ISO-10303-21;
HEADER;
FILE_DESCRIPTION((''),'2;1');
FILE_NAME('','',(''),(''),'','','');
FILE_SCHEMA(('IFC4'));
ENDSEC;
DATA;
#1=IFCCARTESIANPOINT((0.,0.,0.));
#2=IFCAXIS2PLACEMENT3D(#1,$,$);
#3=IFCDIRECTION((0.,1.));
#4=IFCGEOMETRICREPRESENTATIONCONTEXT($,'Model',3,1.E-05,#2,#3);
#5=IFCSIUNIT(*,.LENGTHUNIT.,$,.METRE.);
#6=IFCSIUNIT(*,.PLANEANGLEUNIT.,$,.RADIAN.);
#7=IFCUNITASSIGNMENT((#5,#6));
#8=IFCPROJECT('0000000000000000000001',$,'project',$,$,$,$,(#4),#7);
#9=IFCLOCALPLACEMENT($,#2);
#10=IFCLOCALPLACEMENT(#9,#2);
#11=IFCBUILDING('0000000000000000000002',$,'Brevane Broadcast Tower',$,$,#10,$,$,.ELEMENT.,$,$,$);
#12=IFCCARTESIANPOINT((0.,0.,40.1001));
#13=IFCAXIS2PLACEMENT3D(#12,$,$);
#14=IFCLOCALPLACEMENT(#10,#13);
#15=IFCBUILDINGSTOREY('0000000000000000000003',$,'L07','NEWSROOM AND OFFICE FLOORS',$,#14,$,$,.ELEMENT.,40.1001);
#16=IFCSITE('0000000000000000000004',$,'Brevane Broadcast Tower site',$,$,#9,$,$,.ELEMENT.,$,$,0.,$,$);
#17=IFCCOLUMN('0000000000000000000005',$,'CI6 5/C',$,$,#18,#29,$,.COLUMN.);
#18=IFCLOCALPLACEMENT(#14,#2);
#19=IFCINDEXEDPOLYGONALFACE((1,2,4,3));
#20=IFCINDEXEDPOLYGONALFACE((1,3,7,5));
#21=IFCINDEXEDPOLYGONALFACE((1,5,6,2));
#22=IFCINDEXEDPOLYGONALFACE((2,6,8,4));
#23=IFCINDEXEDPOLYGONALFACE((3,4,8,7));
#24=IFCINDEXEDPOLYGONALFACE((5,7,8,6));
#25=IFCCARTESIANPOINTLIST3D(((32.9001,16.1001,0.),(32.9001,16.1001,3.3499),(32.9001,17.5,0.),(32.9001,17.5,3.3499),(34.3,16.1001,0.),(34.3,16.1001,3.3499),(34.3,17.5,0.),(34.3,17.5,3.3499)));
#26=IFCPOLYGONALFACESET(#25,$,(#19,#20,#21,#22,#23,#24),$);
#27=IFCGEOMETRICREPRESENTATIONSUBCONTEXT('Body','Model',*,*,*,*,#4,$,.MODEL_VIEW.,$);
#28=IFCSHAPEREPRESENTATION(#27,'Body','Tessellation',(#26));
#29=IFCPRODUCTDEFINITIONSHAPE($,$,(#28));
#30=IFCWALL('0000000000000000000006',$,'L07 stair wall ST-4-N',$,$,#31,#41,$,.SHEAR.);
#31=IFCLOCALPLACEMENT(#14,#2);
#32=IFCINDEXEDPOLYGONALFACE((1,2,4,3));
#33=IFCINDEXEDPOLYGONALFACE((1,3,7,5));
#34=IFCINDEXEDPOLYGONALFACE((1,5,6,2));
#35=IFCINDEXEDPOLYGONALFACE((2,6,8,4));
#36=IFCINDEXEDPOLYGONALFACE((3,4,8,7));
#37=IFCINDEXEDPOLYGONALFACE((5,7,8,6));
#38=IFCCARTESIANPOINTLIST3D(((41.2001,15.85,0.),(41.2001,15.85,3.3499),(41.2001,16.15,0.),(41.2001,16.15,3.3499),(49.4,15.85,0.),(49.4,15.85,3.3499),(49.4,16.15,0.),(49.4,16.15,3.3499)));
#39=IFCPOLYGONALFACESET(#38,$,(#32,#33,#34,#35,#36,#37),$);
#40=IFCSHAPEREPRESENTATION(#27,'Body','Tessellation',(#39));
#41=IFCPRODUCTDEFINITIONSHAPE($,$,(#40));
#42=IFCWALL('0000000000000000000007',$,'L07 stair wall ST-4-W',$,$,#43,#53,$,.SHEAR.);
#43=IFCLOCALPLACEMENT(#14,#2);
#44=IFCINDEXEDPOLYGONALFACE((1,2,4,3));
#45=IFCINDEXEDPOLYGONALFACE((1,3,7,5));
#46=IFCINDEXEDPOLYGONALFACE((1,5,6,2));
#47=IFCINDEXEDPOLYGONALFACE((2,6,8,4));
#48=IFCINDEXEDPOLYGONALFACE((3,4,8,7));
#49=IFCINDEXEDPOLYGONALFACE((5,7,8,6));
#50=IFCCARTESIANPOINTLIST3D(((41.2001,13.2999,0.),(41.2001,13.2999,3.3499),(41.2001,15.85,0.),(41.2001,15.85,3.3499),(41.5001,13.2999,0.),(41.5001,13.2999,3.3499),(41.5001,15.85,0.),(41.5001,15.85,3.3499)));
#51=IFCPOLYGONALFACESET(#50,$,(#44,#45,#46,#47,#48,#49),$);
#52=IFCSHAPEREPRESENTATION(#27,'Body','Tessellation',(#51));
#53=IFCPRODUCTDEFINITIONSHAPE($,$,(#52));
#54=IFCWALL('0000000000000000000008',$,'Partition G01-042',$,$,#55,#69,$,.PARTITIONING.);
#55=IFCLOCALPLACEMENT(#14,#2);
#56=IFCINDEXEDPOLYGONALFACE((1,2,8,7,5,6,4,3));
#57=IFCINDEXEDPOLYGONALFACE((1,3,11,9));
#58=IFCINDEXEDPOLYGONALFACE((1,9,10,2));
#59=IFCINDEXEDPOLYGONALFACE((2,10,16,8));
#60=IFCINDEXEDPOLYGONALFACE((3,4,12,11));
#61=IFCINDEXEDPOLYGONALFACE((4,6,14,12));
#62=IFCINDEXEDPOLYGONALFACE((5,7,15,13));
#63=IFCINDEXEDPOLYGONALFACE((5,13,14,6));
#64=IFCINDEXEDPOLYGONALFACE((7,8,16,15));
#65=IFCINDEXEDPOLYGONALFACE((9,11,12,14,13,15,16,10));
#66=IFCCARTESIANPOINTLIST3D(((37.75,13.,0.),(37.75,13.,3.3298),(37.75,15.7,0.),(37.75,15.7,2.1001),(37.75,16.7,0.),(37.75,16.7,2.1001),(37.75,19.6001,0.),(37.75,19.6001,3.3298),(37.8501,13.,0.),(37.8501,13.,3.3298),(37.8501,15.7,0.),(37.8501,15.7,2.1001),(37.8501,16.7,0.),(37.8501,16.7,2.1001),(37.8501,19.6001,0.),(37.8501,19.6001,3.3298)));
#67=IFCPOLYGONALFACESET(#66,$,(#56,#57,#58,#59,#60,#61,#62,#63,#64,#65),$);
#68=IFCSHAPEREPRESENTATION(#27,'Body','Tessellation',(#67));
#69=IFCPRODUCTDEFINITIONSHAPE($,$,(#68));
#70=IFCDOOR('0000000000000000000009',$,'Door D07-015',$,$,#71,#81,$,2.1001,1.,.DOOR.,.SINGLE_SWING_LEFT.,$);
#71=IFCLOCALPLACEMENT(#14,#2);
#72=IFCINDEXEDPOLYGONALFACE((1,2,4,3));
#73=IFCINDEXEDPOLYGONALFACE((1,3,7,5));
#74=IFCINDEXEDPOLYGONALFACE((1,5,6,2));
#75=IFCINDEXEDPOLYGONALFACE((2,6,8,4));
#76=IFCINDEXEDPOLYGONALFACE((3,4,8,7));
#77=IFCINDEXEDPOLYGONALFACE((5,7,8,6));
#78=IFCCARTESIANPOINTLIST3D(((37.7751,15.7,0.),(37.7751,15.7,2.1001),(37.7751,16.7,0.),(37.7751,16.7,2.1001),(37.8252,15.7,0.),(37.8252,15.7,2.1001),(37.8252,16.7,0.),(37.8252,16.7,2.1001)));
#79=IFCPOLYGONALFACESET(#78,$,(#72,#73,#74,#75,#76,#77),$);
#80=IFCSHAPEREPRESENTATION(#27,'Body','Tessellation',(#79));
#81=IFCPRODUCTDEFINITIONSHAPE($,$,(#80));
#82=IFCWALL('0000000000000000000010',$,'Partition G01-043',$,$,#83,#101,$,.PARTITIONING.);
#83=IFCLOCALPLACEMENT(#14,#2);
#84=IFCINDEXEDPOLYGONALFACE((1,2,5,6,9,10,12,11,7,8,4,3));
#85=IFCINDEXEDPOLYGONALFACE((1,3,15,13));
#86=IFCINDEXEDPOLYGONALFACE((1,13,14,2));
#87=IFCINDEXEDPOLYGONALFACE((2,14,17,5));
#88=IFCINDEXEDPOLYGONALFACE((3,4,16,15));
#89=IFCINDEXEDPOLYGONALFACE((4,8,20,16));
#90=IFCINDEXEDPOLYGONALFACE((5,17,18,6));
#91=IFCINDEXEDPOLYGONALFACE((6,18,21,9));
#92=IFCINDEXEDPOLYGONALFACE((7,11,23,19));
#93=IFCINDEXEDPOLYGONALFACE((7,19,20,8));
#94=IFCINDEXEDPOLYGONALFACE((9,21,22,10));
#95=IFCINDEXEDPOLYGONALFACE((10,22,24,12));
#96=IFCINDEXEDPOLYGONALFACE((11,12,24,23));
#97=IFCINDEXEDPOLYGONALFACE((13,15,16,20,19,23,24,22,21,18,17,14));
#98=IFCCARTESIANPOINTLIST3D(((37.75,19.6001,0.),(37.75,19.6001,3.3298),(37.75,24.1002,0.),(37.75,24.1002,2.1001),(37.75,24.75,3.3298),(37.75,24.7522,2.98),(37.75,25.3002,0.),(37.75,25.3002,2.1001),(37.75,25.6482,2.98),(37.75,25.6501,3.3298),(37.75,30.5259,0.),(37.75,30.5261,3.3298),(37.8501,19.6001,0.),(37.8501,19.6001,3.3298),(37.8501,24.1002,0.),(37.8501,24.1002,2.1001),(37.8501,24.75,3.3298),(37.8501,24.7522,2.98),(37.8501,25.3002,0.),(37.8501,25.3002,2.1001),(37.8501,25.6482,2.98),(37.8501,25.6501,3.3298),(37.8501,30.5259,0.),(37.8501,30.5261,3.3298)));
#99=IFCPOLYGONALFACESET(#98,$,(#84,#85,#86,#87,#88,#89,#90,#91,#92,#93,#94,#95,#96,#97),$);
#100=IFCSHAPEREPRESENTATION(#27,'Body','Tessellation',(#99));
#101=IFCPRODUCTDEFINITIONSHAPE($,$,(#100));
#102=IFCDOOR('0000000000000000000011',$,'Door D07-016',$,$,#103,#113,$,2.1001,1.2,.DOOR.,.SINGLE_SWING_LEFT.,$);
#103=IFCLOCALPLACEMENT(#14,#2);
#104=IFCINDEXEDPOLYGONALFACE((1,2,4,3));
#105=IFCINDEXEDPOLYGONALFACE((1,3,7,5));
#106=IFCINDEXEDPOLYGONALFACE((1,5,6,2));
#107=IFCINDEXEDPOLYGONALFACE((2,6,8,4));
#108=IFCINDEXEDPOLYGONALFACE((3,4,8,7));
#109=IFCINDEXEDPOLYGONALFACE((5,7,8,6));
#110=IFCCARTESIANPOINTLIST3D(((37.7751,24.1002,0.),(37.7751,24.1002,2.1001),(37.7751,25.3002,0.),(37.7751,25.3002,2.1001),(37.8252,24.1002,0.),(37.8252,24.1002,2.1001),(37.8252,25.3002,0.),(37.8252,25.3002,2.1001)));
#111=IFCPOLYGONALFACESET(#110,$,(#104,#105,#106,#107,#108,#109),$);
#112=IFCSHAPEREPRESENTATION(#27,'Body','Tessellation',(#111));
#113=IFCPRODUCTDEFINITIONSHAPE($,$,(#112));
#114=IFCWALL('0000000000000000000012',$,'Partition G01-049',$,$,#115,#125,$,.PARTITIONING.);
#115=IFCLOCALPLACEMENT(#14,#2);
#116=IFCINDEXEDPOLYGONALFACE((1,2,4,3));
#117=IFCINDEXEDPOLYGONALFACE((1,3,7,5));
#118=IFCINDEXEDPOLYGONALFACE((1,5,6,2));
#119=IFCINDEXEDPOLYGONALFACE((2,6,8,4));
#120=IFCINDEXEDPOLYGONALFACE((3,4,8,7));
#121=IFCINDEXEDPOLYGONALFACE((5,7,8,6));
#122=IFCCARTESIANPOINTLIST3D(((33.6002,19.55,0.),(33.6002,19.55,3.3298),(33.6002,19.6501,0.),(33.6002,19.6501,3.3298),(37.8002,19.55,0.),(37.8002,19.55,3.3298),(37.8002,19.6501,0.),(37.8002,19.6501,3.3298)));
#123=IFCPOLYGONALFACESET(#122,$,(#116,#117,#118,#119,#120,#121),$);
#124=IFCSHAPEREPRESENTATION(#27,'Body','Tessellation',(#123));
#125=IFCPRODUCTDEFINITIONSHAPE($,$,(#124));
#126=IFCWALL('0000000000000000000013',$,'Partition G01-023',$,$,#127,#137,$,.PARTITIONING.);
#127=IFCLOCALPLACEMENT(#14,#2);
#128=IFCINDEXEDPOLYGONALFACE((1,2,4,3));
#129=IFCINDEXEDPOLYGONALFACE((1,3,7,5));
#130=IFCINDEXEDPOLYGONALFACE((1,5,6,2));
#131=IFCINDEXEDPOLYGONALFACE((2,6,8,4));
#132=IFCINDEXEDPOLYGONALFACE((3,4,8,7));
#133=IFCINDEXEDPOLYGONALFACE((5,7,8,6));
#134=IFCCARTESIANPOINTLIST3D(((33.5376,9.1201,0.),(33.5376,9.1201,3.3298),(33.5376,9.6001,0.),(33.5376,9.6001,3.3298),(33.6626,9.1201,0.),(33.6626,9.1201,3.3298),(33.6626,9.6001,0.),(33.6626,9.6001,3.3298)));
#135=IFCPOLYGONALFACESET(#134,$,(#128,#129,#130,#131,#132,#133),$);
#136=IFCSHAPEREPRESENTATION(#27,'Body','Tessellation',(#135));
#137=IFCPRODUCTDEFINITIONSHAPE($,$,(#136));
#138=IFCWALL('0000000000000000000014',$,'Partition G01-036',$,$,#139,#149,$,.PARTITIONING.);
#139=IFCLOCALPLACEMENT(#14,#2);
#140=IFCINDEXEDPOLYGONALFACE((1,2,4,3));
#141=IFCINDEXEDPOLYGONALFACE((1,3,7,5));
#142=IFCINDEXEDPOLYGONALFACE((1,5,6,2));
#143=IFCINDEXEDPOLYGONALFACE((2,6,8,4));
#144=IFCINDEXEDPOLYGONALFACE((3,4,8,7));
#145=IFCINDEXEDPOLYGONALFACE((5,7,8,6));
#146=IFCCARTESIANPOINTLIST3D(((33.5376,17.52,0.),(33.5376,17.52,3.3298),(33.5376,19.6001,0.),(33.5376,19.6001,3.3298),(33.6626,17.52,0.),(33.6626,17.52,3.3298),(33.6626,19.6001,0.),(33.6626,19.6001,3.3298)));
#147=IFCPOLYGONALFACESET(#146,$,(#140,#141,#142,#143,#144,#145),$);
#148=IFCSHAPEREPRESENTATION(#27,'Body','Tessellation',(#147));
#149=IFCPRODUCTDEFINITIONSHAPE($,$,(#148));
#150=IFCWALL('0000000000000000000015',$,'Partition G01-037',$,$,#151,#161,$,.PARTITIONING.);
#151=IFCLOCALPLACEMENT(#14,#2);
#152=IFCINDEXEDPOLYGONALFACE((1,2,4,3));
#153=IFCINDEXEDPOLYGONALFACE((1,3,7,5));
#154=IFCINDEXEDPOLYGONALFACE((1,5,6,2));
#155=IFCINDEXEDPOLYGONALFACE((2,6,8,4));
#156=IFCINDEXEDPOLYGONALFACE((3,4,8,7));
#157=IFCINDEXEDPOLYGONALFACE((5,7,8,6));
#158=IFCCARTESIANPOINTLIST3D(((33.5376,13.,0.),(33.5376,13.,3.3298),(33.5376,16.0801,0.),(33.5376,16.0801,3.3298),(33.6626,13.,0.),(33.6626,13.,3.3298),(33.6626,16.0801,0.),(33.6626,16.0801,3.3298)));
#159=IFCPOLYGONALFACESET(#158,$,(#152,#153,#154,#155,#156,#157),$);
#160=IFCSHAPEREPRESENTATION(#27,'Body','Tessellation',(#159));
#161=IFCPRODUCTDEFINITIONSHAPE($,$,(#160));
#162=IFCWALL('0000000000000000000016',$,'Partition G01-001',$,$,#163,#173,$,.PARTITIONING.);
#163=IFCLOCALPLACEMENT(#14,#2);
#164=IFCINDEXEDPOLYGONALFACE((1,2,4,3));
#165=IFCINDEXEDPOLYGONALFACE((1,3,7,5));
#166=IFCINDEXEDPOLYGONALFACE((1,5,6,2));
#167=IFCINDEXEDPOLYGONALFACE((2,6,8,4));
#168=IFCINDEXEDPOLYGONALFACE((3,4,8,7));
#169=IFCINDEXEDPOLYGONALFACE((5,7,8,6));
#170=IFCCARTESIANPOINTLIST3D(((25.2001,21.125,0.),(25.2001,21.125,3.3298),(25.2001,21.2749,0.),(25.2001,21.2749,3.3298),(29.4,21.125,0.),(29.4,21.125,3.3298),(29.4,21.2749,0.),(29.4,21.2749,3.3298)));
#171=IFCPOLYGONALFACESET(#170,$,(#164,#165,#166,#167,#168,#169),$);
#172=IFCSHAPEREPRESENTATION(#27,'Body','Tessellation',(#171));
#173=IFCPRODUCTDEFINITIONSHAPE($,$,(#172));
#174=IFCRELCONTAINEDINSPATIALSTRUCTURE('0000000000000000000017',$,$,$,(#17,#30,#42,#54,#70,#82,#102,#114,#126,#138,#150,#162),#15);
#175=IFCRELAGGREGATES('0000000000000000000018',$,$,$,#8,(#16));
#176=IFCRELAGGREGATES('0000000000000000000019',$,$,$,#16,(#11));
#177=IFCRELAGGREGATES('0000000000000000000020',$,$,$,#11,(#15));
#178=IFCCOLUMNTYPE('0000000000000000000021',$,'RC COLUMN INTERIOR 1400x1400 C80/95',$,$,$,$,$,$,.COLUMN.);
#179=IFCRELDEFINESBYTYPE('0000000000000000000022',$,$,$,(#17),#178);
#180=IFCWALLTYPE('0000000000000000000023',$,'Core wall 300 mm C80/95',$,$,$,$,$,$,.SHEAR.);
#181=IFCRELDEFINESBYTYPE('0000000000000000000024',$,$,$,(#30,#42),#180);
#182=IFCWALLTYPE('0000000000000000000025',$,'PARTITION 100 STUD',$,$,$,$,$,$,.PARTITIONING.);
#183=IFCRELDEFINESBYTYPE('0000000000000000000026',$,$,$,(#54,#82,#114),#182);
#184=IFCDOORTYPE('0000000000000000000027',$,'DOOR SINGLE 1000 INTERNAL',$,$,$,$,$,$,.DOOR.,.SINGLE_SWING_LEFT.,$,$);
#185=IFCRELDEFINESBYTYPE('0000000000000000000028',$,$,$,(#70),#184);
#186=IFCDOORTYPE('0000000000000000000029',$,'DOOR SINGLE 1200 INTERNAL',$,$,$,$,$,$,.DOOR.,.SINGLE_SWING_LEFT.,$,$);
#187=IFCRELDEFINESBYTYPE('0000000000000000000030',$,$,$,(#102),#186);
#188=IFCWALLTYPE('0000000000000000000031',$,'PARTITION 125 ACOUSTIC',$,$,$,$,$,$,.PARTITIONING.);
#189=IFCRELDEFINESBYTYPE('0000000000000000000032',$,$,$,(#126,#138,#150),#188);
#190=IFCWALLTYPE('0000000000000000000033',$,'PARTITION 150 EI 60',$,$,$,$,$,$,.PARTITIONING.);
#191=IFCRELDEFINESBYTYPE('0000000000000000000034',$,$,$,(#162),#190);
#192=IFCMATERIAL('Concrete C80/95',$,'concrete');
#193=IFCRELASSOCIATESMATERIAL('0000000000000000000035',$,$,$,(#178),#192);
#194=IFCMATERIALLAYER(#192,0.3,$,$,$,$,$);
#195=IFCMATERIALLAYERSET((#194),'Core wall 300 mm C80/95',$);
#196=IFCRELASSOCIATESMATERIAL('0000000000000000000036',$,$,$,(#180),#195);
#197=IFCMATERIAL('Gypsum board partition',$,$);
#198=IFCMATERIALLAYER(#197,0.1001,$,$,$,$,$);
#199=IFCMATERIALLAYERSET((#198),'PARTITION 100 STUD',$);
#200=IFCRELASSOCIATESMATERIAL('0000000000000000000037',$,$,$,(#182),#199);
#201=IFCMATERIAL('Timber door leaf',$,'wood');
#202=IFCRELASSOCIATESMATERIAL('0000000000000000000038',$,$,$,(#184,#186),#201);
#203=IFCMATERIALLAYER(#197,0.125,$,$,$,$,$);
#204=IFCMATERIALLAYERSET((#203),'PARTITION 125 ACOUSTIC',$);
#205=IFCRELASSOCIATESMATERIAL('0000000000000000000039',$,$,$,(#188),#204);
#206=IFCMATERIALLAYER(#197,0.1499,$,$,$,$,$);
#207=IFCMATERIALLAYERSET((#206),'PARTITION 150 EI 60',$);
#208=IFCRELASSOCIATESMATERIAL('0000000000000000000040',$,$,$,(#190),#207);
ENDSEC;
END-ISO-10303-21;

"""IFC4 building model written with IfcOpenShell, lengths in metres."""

from ifc_helpers import new_model, si_unit, direction, frame, frame_2d, origin, origin_2d, place, context, subcontext, project, spatial, polyline, rectangle, outline, extrude, material, layer, layer_set, material_profile, profile_set, type_object, element, fill, save


model = new_model("IFC4")

# Units and contexts
model_context = context("Model", 3, precision=1e-05, world=origin(), true_north=direction((0.0, 1.0)))
body_context = subcontext(model_context, "Body", "Model", "MODEL_VIEW")
ifc_project = project(units=[si_unit("LENGTHUNIT", "METRE"), si_unit("PLANEANGLEUNIT", "RADIAN")], contexts=[model_context])

# Site, building, storey
site_placement = place(None, origin())
site = spatial("IfcSite", under=ifc_project, at=site_placement, Name="Brevane Broadcast Tower site", CompositionType="ELEMENT", RefElevation=0.0)
building_placement = place(site_placement, origin())
building = spatial("IfcBuilding", under=site, at=building_placement, Name="Brevane Broadcast Tower", CompositionType="ELEMENT")
storey_placement = place(building_placement, frame((0.0, 0.0, 40.1001)))
storey = spatial("IfcBuildingStorey", under=building, at=storey_placement, Name="L07", Description="NEWSROOM AND OFFICE FLOORS", CompositionType="ELEMENT", Elevation=40.1001)

# Column
ifc_material_1 = material(Name="Concrete C80/95", Category="concrete")
ifc_material_profile = material_profile(ifc_material_1, rectangle(XDim=1.3999, YDim=1.3999, at=origin_2d()), Name="RC 1400x1400")
ifc_profile_set = profile_set([ifc_material_profile], Name="Concrete C80/95")
column_type = type_object("IfcColumnType", Name="RC COLUMN INTERIOR 1400x1400 C80/95", PredefinedType="COLUMN", material=ifc_profile_set)
column_placement = place(storey_placement, frame((33.6001, 16.8, 0.0), z_axis=(0.0, 0.0, 1.0), x_axis=(1.0, 0.0, 0.0)))
element("IfcColumn", 1, at=column_placement, inside=storey, type_object=column_type, Name="CI6 5/C", PredefinedType="COLUMN", context=body_context, shape_type="SweptSolid", body=[
    extrude(rectangle(XDim=1.3999, YDim=1.3999, at=origin_2d()), origin(), (0.0, 0.0, 1.0), 3.3499),
])

# Walls
ifc_layer_1 = layer(ifc_material_1, 0.3)
ifc_layer_set_1 = layer_set([ifc_layer_1], Name="Core wall 300 mm C80/95")
wall_type_1 = type_object("IfcWallType", Name="Core wall 300 mm C80/95", PredefinedType="SHEAR", material=ifc_layer_set_1)
wall_1_placement = place(storey_placement, frame((41.2, 16.0, 0.0), z_axis=(0.0, 0.0, 1.0), x_axis=(1.0, 0.0, 0.0)))
element("IfcWall", 2, at=wall_1_placement, inside=storey, type_object=wall_type_1, Name="L07 stair wall ST-4-N", PredefinedType="SHEAR", context=body_context, shape_type="SweptSolid", body=[
    extrude(rectangle(XDim=8.2, YDim=0.3, at=frame_2d((4.1001, 0.0))), origin(), (0.0, 0.0, 1.0), 3.3499),
])
wall_2_placement = place(storey_placement, frame((41.3501, 13.3, 0.0), z_axis=(0.0, 0.0, 1.0), x_axis=(0.0, 1.0, 0.0)))
element("IfcWall", 3, at=wall_2_placement, inside=storey, type_object=wall_type_1, Name="L07 stair wall ST-4-W", PredefinedType="SHEAR", context=body_context, shape_type="SweptSolid", body=[
    extrude(rectangle(XDim=2.55, YDim=0.3, at=frame_2d((1.2749, 0.0))), origin(), (0.0, 0.0, 1.0), 3.3499),
])

# Walls, openings, doors
ifc_material_2 = material(Name="Gypsum board partition")
ifc_layer_2 = layer(ifc_material_2, 0.1001)
ifc_layer_set_2 = layer_set([ifc_layer_2], Name="PARTITION 100 STUD")
wall_type_2 = type_object("IfcWallType", Name="PARTITION 100 STUD", PredefinedType="PARTITIONING", material=ifc_layer_set_2)
wall_3_placement = place(storey_placement, frame((37.8, 13.0, 0.0), z_axis=(0.0, 0.0, 1.0), x_axis=(0.0, 1.0, 0.0)))
wall_3 = element("IfcWall", 4, at=wall_3_placement, inside=storey, type_object=wall_type_2, Name="Partition G01-042", PredefinedType="PARTITIONING", context=body_context, shape_type="SweptSolid", body=[
    extrude(rectangle(XDim=6.6001, YDim=0.1001, at=frame_2d((3.3, 0.0))), origin(), (0.0, 0.0, 1.0), 3.3298),
])
opening_1_placement = place(wall_3_placement, frame((2.7, 0.0, 0.0)))
opening_1 = element("IfcOpeningElement", 5, at=opening_1_placement, cuts=wall_3, PredefinedType="OPENING", context=body_context, shape_type="SweptSolid", body=[
    extrude(rectangle(XDim=1.0, YDim=2.1001, at=frame_2d((0.5, 1.05))), frame((0.0, 0.0601, 0.0), z_axis=(0.0, -1.0, 0.0), x_axis=(1.0, 0.0, 0.0)), (0.0, 0.0, 1.0), 0.1201),
])
ifc_material_3 = material(Name="Timber door leaf", Category="wood")
door_type_1 = type_object("IfcDoorType", Name="DOOR SINGLE 1000 INTERNAL", OperationType="SINGLE_SWING_LEFT", PredefinedType="DOOR", material=ifc_material_3)
door_1_placement = place(opening_1_placement, origin())
door_1 = element("IfcDoor", 6, at=door_1_placement, inside=storey, type_object=door_type_1, Name="Door D07-015", OperationType="SINGLE_SWING_LEFT", OverallHeight=2.1001, OverallWidth=1.0, PredefinedType="DOOR", context=body_context, shape_type="SweptSolid", body=[
    extrude(rectangle(XDim=1.0, YDim=2.1001, at=frame_2d((0.5, 1.05))), frame((0.0, 0.0249, 0.0), z_axis=(0.0, -1.0, 0.0), x_axis=(1.0, 0.0, 0.0)), (0.0, 0.0, 1.0), 0.05),
])
fill(opening_1, door_1)
wall_4_placement = place(storey_placement, frame((37.8, 19.6001, 0.0), z_axis=(0.0, 0.0, 1.0), x_axis=(0.0, 1.0, 0.0)))
wall_4 = element("IfcWall", 7, at=wall_4_placement, inside=storey, type_object=wall_type_2, Name="Partition G01-043", PredefinedType="PARTITIONING", context=body_context, shape_type="SweptSolid", body=[
    extrude(outline(polyline([(0.0, 0.0), (10.9258, 0.0), (10.926, 3.3298), (10.6428, 3.3298), (6.05, 3.3298), (6.0481, 2.98), (5.1521, 2.98), (5.1499, 3.3298), (0.0, 3.3298), (0.0, 0.0)])), frame((0.0, 0.05, 0.0), z_axis=(0.0, -1.0, 0.0), x_axis=(1.0, 0.0, 0.0)), (0.0, 0.0, 1.0), 0.1001),
])
opening_2_placement = place(wall_4_placement, frame((4.5, 0.0, 0.0)))
opening_2 = element("IfcOpeningElement", 8, at=opening_2_placement, cuts=wall_4, PredefinedType="OPENING", context=body_context, shape_type="SweptSolid", body=[
    extrude(rectangle(XDim=1.2, YDim=2.1001, at=frame_2d((0.6001, 1.05))), frame((0.0, 0.0601, 0.0), z_axis=(0.0, -1.0, 0.0), x_axis=(1.0, 0.0, 0.0)), (0.0, 0.0, 1.0), 0.1201),
])
door_type_2 = type_object("IfcDoorType", Name="DOOR SINGLE 1200 INTERNAL", OperationType="SINGLE_SWING_LEFT", PredefinedType="DOOR", material=ifc_material_3)
door_2_placement = place(opening_2_placement, origin())
door_2 = element("IfcDoor", 9, at=door_2_placement, inside=storey, type_object=door_type_2, Name="Door D07-016", OperationType="SINGLE_SWING_LEFT", OverallHeight=2.1001, OverallWidth=1.2, PredefinedType="DOOR", context=body_context, shape_type="SweptSolid", body=[
    extrude(rectangle(XDim=1.2, YDim=2.1001, at=frame_2d((0.6001, 1.05))), frame((0.0, 0.0249, 0.0), z_axis=(0.0, -1.0, 0.0), x_axis=(1.0, 0.0, 0.0)), (0.0, 0.0, 1.0), 0.05),
])
fill(opening_2, door_2)

# Walls
wall_5_placement = place(storey_placement, frame((33.6001, 19.6001, 0.0), z_axis=(0.0, 0.0, 1.0), x_axis=(1.0, 0.0, 0.0)))
element("IfcWall", 10, at=wall_5_placement, inside=storey, type_object=wall_type_2, Name="Partition G01-049", PredefinedType="PARTITIONING", context=body_context, shape_type="SweptSolid", body=[
    extrude(rectangle(XDim=4.2, YDim=0.1001, at=frame_2d((2.1001, 0.0))), origin(), (0.0, 0.0, 1.0), 3.3298),
])
ifc_layer_3 = layer(ifc_material_2, 0.125)
ifc_layer_set_3 = layer_set([ifc_layer_3], Name="PARTITION 125 ACOUSTIC")
wall_type_3 = type_object("IfcWallType", Name="PARTITION 125 ACOUSTIC", PredefinedType="PARTITIONING", material=ifc_layer_set_3)
wall_6_placement = place(storey_placement, frame((33.6001, 9.6001, 0.0), z_axis=(0.0, 0.0, 1.0), x_axis=(0.0, -1.0, 0.0)))
element("IfcWall", 11, at=wall_6_placement, inside=storey, type_object=wall_type_3, Name="Partition G01-023", PredefinedType="PARTITIONING", context=body_context, shape_type="SweptSolid", body=[
    extrude(rectangle(XDim=0.48, YDim=0.125, at=frame_2d((0.24, 0.0))), origin(), (0.0, 0.0, 1.0), 3.3298),
])
wall_7_placement = place(storey_placement, frame((33.6001, 19.6001, 0.0), z_axis=(0.0, 0.0, 1.0), x_axis=(0.0, -1.0, 0.0)))
element("IfcWall", 12, at=wall_7_placement, inside=storey, type_object=wall_type_3, Name="Partition G01-036", PredefinedType="PARTITIONING", context=body_context, shape_type="SweptSolid", body=[
    extrude(rectangle(XDim=2.0801, YDim=0.125, at=frame_2d((1.04, 0.0))), origin(), (0.0, 0.0, 1.0), 3.3298),
])
wall_8_placement = place(storey_placement, frame((33.6001, 16.0801, 0.0), z_axis=(0.0, 0.0, 1.0), x_axis=(0.0, -1.0, 0.0)))
element("IfcWall", 13, at=wall_8_placement, inside=storey, type_object=wall_type_3, Name="Partition G01-037", PredefinedType="PARTITIONING", context=body_context, shape_type="SweptSolid", body=[
    extrude(rectangle(XDim=3.0801, YDim=0.125, at=frame_2d((1.54, 0.0))), origin(), (0.0, 0.0, 1.0), 3.3298),
])
ifc_layer_4 = layer(ifc_material_2, 0.1499)
ifc_layer_set_4 = layer_set([ifc_layer_4], Name="PARTITION 150 EI 60")
wall_type_4 = type_object("IfcWallType", Name="PARTITION 150 EI 60", PredefinedType="PARTITIONING", material=ifc_layer_set_4)
wall_9_placement = place(storey_placement, frame((25.2, 21.2, 0.0), z_axis=(0.0, 0.0, 1.0), x_axis=(1.0, 0.0, 0.0)))
element("IfcWall", 14, at=wall_9_placement, inside=storey, type_object=wall_type_4, Name="Partition G01-001", PredefinedType="PARTITIONING", context=body_context, shape_type="SweptSolid", body=[
    extrude(rectangle(XDim=4.2, YDim=0.1499, at=frame_2d((2.1001, 0.0))), origin(), (0.0, 0.0, 1.0), 3.3298),
])

save(model, "model.ifc")
